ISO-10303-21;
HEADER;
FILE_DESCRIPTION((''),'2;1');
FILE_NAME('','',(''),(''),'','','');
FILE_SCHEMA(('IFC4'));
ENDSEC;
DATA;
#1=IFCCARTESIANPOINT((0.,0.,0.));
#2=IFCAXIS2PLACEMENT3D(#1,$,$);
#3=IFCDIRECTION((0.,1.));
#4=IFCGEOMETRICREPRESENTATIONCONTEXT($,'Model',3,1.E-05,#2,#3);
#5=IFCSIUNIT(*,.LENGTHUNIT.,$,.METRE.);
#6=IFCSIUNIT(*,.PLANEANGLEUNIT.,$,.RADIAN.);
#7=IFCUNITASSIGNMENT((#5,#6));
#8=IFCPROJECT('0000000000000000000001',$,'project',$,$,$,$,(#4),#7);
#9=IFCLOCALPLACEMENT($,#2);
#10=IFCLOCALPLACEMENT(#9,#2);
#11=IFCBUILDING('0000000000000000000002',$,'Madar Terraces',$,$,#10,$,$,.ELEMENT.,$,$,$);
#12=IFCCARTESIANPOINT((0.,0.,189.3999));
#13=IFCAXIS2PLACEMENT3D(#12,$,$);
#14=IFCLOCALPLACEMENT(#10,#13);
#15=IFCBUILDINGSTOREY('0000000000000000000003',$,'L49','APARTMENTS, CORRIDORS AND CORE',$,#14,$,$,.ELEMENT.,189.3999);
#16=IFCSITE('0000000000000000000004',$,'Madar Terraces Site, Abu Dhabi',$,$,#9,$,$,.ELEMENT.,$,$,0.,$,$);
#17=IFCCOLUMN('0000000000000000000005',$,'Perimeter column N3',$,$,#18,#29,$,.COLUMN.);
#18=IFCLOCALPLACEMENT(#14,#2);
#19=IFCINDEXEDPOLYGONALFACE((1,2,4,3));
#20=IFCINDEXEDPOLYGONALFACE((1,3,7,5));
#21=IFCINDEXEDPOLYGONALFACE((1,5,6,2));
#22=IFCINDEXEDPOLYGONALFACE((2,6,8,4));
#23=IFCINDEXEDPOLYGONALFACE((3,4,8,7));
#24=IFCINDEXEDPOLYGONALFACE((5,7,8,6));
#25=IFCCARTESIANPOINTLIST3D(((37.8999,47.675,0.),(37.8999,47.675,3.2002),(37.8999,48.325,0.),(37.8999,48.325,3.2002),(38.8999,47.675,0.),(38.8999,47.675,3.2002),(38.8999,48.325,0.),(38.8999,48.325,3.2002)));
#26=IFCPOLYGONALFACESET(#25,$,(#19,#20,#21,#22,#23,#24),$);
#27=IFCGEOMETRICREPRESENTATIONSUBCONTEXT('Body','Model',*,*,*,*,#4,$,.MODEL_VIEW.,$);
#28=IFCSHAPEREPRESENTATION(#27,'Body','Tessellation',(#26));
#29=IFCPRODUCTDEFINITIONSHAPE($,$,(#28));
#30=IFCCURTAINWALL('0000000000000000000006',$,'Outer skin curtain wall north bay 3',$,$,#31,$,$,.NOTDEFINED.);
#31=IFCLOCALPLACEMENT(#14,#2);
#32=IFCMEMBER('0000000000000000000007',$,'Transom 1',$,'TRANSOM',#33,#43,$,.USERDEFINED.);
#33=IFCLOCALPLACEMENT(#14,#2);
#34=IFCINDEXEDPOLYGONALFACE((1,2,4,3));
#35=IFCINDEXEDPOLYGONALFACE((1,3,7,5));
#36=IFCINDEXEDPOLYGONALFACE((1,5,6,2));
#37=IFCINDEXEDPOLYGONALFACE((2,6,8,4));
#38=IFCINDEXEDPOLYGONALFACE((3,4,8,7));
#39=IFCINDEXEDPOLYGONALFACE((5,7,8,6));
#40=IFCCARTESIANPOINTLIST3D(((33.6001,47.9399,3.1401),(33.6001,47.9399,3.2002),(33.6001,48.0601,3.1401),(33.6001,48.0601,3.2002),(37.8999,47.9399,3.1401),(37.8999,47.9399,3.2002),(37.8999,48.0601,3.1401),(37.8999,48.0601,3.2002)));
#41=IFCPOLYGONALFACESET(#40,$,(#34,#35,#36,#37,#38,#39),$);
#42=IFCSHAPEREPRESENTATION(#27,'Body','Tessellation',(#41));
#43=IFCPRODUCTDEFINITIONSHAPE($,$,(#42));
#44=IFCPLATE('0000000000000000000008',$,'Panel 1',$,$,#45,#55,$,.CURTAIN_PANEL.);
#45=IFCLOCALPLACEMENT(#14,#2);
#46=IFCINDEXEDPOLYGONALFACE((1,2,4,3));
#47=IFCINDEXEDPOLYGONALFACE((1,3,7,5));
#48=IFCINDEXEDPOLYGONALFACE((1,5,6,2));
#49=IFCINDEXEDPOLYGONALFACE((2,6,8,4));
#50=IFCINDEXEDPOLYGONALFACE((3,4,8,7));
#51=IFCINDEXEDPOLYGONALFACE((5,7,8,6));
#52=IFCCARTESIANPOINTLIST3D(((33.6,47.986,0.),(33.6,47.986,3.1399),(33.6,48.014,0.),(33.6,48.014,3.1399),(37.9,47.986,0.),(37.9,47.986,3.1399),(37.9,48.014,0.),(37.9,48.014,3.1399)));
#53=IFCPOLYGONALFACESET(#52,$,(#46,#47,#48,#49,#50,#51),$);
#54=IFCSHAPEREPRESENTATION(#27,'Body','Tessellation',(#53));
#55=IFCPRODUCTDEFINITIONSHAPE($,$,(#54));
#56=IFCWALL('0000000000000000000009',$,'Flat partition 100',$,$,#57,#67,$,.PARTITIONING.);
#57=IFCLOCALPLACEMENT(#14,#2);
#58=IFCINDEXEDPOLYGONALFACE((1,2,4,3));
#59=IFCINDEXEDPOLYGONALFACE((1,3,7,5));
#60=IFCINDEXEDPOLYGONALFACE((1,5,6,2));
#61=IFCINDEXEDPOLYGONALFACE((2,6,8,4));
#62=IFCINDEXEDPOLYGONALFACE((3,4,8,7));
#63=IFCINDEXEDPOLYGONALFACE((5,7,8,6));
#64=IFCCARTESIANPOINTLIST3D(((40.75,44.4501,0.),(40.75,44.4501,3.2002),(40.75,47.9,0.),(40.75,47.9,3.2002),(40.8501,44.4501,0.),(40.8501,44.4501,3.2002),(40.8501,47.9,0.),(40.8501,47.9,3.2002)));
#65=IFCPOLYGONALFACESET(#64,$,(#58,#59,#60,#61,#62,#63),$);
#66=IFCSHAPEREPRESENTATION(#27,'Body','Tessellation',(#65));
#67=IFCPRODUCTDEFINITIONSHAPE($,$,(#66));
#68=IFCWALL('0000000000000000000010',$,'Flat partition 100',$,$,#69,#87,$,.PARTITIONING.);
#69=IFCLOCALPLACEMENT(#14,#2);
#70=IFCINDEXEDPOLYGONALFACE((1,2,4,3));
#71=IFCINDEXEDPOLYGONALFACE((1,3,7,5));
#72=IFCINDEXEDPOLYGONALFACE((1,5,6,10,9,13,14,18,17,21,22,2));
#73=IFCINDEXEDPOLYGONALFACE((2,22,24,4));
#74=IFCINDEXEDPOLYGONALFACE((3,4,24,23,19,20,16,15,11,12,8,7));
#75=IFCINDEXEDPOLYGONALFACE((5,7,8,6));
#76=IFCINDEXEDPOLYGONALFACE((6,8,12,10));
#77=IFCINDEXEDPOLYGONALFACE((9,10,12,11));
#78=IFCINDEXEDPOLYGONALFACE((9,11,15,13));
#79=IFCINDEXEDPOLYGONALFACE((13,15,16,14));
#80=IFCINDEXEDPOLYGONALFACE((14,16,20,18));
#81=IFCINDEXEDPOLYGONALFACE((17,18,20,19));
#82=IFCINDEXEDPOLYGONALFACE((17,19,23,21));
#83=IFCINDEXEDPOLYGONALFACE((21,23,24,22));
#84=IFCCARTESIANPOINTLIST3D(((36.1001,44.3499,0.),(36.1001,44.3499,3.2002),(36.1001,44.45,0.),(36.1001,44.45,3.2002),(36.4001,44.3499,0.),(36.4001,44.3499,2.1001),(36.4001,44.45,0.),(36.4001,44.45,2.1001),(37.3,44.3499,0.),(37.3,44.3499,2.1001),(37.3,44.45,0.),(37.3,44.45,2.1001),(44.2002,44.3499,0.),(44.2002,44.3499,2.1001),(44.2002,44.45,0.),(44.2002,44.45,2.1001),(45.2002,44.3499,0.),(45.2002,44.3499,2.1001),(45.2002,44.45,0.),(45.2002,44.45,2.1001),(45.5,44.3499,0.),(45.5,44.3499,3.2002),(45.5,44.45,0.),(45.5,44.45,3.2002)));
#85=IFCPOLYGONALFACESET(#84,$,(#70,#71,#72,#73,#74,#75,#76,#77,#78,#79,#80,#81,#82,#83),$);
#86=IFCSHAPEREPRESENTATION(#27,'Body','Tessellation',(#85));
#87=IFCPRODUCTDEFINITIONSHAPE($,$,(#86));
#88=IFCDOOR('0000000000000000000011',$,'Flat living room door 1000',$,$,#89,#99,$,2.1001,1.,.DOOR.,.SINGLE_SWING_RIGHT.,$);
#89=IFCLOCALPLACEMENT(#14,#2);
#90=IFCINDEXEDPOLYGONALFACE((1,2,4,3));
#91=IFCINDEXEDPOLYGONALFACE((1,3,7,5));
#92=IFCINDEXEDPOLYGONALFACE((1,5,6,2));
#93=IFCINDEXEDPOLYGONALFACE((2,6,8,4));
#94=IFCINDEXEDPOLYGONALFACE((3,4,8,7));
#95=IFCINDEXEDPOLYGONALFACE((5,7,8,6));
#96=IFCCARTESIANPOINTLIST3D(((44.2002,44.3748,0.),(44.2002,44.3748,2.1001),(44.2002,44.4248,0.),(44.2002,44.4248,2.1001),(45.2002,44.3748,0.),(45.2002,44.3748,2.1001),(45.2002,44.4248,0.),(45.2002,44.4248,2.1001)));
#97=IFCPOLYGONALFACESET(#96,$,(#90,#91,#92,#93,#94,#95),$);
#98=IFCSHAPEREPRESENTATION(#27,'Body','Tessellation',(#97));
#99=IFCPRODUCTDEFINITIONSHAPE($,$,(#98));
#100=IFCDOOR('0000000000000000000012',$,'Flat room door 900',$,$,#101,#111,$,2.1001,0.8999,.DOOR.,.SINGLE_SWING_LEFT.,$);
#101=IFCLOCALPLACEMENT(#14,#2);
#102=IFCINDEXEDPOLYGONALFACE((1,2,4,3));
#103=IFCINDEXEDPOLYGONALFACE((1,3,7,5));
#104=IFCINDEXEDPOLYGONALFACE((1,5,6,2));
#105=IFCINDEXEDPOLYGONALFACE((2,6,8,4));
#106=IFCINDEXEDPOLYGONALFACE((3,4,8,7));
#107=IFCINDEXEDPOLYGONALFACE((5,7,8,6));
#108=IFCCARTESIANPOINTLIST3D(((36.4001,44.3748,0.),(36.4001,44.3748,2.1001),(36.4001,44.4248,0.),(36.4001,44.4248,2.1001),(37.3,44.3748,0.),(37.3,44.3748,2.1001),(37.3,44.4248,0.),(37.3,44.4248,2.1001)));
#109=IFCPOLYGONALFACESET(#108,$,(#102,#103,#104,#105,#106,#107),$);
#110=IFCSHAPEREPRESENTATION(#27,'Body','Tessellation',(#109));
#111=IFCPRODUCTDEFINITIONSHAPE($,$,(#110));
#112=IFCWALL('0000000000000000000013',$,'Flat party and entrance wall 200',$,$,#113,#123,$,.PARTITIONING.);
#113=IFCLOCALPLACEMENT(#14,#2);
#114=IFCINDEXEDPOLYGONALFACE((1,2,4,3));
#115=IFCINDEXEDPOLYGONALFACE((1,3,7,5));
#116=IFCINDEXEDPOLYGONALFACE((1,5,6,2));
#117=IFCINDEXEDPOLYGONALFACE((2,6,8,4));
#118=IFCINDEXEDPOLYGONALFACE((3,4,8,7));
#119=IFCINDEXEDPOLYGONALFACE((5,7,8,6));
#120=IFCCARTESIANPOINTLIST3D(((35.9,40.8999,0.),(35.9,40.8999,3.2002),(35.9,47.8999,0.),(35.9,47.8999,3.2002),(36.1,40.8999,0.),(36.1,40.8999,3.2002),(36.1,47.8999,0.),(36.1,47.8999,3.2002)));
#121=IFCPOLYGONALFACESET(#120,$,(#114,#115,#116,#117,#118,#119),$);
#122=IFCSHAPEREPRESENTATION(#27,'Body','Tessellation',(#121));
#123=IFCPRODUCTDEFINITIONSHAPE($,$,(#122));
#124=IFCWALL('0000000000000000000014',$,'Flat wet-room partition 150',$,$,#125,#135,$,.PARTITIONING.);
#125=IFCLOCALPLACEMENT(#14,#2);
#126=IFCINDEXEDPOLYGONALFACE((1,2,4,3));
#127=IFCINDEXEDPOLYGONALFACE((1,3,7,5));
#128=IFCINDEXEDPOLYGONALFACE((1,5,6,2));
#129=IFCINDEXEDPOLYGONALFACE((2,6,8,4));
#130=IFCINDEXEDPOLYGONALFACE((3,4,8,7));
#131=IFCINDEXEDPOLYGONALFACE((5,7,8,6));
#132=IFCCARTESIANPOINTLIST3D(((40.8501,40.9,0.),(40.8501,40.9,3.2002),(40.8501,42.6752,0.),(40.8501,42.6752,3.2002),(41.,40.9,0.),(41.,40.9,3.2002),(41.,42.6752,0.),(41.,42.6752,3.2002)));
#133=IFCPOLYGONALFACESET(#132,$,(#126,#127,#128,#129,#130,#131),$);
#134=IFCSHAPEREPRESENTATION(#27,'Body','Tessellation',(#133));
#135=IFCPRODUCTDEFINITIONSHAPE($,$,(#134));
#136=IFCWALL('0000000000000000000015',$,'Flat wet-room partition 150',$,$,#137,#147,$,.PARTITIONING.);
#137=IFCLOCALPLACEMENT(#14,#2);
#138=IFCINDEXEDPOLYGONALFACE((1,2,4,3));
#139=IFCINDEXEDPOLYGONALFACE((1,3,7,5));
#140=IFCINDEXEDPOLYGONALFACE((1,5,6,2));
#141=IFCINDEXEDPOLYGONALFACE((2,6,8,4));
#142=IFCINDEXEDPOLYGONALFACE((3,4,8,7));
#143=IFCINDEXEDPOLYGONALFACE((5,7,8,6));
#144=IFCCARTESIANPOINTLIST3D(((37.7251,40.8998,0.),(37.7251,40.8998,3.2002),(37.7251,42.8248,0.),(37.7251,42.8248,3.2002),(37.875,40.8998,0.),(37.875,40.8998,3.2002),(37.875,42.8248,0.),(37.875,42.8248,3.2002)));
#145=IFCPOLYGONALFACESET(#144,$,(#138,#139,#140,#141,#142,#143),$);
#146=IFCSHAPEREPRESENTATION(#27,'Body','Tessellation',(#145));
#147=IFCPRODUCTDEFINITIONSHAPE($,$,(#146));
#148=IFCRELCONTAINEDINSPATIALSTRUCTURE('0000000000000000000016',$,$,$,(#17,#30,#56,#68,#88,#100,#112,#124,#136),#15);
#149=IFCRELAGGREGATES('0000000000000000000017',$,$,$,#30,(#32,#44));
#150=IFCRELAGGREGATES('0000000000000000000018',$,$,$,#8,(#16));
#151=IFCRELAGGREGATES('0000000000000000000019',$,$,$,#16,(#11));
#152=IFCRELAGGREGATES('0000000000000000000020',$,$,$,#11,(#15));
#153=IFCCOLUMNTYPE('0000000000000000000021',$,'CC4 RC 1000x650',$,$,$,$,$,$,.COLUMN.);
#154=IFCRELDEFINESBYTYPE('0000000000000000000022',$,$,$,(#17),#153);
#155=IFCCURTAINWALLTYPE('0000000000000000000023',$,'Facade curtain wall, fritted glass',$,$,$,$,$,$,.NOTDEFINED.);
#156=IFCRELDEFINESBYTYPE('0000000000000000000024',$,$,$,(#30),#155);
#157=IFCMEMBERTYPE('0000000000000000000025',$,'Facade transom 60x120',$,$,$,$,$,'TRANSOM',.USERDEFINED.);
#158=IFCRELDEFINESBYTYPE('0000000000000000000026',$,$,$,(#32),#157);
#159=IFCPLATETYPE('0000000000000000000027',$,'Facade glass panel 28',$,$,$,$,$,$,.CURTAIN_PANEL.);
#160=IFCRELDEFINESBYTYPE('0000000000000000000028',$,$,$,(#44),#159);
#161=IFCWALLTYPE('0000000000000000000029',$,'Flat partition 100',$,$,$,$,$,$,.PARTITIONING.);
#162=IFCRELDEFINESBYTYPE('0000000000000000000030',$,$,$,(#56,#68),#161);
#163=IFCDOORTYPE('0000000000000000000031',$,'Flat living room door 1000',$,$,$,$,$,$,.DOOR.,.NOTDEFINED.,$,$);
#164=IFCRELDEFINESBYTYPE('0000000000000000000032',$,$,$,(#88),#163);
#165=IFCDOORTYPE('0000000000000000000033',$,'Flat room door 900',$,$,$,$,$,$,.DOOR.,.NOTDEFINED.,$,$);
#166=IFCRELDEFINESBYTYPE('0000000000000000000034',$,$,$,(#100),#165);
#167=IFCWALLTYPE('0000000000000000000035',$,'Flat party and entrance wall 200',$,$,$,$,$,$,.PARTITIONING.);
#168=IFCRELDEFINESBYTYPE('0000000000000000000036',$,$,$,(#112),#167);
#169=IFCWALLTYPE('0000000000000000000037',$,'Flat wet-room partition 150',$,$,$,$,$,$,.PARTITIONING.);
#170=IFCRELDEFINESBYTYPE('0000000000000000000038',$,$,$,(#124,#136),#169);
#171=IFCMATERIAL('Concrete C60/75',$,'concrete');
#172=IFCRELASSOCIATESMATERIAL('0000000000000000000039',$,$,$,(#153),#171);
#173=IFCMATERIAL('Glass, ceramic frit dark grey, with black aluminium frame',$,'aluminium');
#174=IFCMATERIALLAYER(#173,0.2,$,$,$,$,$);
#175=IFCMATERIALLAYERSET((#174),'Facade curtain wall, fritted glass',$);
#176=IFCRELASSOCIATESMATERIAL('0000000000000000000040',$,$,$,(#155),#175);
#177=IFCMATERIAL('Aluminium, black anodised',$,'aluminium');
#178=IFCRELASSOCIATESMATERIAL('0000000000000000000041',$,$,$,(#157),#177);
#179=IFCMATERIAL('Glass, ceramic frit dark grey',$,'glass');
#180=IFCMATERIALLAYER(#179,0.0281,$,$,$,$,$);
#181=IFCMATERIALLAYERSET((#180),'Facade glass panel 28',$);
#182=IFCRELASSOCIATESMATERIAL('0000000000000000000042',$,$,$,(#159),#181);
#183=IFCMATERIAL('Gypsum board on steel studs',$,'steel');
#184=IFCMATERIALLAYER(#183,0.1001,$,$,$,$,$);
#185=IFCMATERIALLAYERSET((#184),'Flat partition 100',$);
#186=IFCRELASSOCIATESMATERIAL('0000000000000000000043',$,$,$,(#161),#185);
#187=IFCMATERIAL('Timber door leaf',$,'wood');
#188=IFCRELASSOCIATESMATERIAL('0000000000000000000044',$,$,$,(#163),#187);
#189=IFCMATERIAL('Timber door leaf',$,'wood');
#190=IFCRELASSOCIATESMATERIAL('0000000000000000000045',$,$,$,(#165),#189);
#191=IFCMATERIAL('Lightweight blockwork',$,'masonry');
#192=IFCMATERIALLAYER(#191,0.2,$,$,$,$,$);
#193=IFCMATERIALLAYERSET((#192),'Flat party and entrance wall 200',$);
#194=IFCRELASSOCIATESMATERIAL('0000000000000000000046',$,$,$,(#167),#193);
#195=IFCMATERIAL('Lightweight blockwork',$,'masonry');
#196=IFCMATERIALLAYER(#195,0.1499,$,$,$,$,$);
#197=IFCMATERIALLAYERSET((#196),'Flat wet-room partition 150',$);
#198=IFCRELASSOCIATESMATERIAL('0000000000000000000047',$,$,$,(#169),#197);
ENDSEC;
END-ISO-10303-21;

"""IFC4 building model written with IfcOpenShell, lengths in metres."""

from ifc_helpers import new_model, si_unit, direction, frame, frame_2d, origin, origin_2d, place, context, subcontext, project, spatial, rectangle, extrude, material, layer, layer_set, material_profile, profile_set, type_object, element, fill, aggregate, save


model = new_model("IFC4")

# Units and contexts
model_context = context("Model", 3, precision=1e-05, world=origin(), true_north=direction((0.0, 1.0)))
body_context = subcontext(model_context, "Body", "Model", "MODEL_VIEW")
ifc_project = project(units=[si_unit("LENGTHUNIT", "METRE"), si_unit("PLANEANGLEUNIT", "RADIAN")], contexts=[model_context])

# Site, building, storey
site_placement = place(None, origin())
site = spatial("IfcSite", under=ifc_project, at=site_placement, Name="Madar Terraces Site, Abu Dhabi", CompositionType="ELEMENT", RefElevation=0.0)
building_placement = place(site_placement, origin())
building = spatial("IfcBuilding", under=site, at=building_placement, Name="Madar Terraces", CompositionType="ELEMENT")
storey_placement = place(building_placement, frame((0.0, 0.0, 189.3999)))
storey = spatial("IfcBuildingStorey", under=building, at=storey_placement, Name="L49", Description="APARTMENTS, CORRIDORS AND CORE", CompositionType="ELEMENT", Elevation=189.3999)

# Column
ifc_material_1 = material(Name="Concrete C60/75", Category="concrete")
ifc_material_profile_1 = material_profile(ifc_material_1, rectangle(XDim=1.0, YDim=0.6499, at=origin_2d()), Name="CC4 RC 1000x650")
ifc_profile_set_1 = profile_set([ifc_material_profile_1], Name="Concrete C60/75")
column_type = type_object("IfcColumnType", Name="CC4 RC 1000x650", PredefinedType="COLUMN", material=ifc_profile_set_1)
column_placement = place(storey_placement, frame((38.3999, 48.0, 0.0), z_axis=(0.0, 0.0, 1.0), x_axis=(1.0, 0.0, 0.0)))
element("IfcColumn", 1, at=column_placement, inside=storey, type_object=column_type, Name="Perimeter column N3", PredefinedType="COLUMN", context=body_context, shape_type="SweptSolid", body=[
    extrude(rectangle(XDim=1.0, YDim=0.6499, at=origin_2d()), origin(), (0.0, 0.0, 1.0), 3.2002),
])

# Curtain wall, member, plate
ifc_material_2 = material(Name="Glass, ceramic frit dark grey, with black aluminium frame", Category="aluminium")
ifc_layer_1 = layer(ifc_material_2, 0.2)
ifc_layer_set_1 = layer_set([ifc_layer_1], Name="Facade curtain wall, fritted glass")
curtain_wall_type = type_object("IfcCurtainWallType", Name="Facade curtain wall, fritted glass", PredefinedType="NOTDEFINED", material=ifc_layer_set_1)
curtain_wall_placement = place(storey_placement, origin())
curtain_wall = element("IfcCurtainWall", 2, at=curtain_wall_placement, inside=storey, type_object=curtain_wall_type, Name="Outer skin curtain wall north bay 3", PredefinedType="NOTDEFINED")
ifc_material_3 = material(Name="Aluminium, black anodised", Category="aluminium")
ifc_material_profile_2 = material_profile(ifc_material_3, rectangle(XDim=0.1201, YDim=0.0601, at=origin_2d()), Name="Facade transom 60x120")
ifc_profile_set_2 = profile_set([ifc_material_profile_2], Name="Aluminium, black anodised")
member_type = type_object("IfcMemberType", Name="Facade transom 60x120", ElementType="TRANSOM", PredefinedType="USERDEFINED", material=ifc_profile_set_2)
member_placement = place(storey_placement, frame((37.8999, 48.0, 3.1702), z_axis=(-1.0, 0.0, 0.0), x_axis=(0.0, -1.0, 0.0)))
member = element("IfcMember", 3, at=member_placement, type_object=member_type, Name="Transom 1", ObjectType="TRANSOM", PredefinedType="USERDEFINED", context=body_context, shape_type="SweptSolid", body=[
    extrude(rectangle(XDim=0.1201, YDim=0.0601, at=origin_2d()), origin(), (0.0, 0.0, 1.0), 4.2998),
])
ifc_material_4 = material(Name="Glass, ceramic frit dark grey", Category="glass")
ifc_layer_2 = layer(ifc_material_4, 0.0281)
ifc_layer_set_2 = layer_set([ifc_layer_2], Name="Facade glass panel 28")
plate_type = type_object("IfcPlateType", Name="Facade glass panel 28", PredefinedType="CURTAIN_PANEL", material=ifc_layer_set_2)
plate_placement = place(storey_placement, frame((35.75, 48.0, 0.0), z_axis=(0.0, 0.0, 1.0), x_axis=(-1.0, 0.0, 0.0)))
plate = element("IfcPlate", 4, at=plate_placement, type_object=plate_type, Name="Panel 1", PredefinedType="CURTAIN_PANEL", context=body_context, shape_type="SweptSolid", body=[
    extrude(rectangle(XDim=4.3, YDim=0.0281, at=origin_2d()), origin(), (0.0, 0.0, 1.0), 3.1399),
])
aggregate(curtain_wall, [member, plate])

# Wall
ifc_material_5 = material(Name="Gypsum board on steel studs", Category="steel")
ifc_layer_3 = layer(ifc_material_5, 0.1001)
ifc_layer_set_3 = layer_set([ifc_layer_3], Name="Flat partition 100")
wall_type_1 = type_object("IfcWallType", Name="Flat partition 100", PredefinedType="PARTITIONING", material=ifc_layer_set_3)
wall_1_placement = place(storey_placement, frame((40.8, 44.45, 0.0), z_axis=(0.0, 0.0, 1.0), x_axis=(0.0, 1.0, 0.0)))
element("IfcWall", 5, at=wall_1_placement, inside=storey, type_object=wall_type_1, Name="Flat partition 100", PredefinedType="PARTITIONING", context=body_context, shape_type="SweptSolid", body=[
    extrude(rectangle(XDim=3.45, YDim=0.1001, at=frame_2d((1.7251, 0.0))), origin(), (0.0, 0.0, 1.0), 3.2002),
])

# Wall, openings, doors
wall_2_placement = place(storey_placement, frame((36.1001, 44.3999, 0.0), z_axis=(0.0, 0.0, 1.0), x_axis=(1.0, 0.0, 0.0)))
wall_2 = element("IfcWall", 6, at=wall_2_placement, inside=storey, type_object=wall_type_1, Name="Flat partition 100", PredefinedType="PARTITIONING", context=body_context, shape_type="SweptSolid", body=[
    extrude(rectangle(XDim=9.3999, YDim=0.1001, at=frame_2d((4.7, 0.0))), origin(), (0.0, 0.0, 1.0), 3.2002),
])
opening_1_placement = place(wall_2_placement, frame((0.3, 0.0, 0.0)))
opening_1 = element("IfcOpeningElement", 7, at=opening_1_placement, cuts=wall_2, PredefinedType="OPENING", context=body_context, shape_type="SweptSolid", body=[
    extrude(rectangle(XDim=0.8999, YDim=2.1001, at=frame_2d((0.45, 1.05))), frame((0.0, 0.0601, 0.0), z_axis=(0.0, -1.0, 0.0), x_axis=(1.0, 0.0, 0.0)), (0.0, 0.0, 1.0), 0.1201),
])
opening_2_placement = place(wall_2_placement, frame((8.1001, 0.0, 0.0)))
opening_2 = element("IfcOpeningElement", 8, at=opening_2_placement, cuts=wall_2, PredefinedType="OPENING", context=body_context, shape_type="SweptSolid", body=[
    extrude(rectangle(XDim=1.0, YDim=2.1001, at=frame_2d((0.5, 1.05))), frame((0.0, 0.0601, 0.0), z_axis=(0.0, -1.0, 0.0), x_axis=(1.0, 0.0, 0.0)), (0.0, 0.0, 1.0), 0.1201),
])
ifc_material_6 = material(Name="Timber door leaf", Category="wood")
door_type_1 = type_object("IfcDoorType", Name="Flat living room door 1000", OperationType="NOTDEFINED", PredefinedType="DOOR", material=ifc_material_6)
door_1_placement = place(opening_2_placement, origin())
door_1 = element("IfcDoor", 9, at=door_1_placement, inside=storey, type_object=door_type_1, Name="Flat living room door 1000", OperationType="SINGLE_SWING_RIGHT", OverallHeight=2.1001, OverallWidth=1.0, PredefinedType="DOOR", context=body_context, shape_type="SweptSolid", body=[
    extrude(rectangle(XDim=1.0, YDim=2.1001, at=frame_2d((0.5, 1.05))), frame((0.0, 0.0249, 0.0), z_axis=(0.0, -1.0, 0.0), x_axis=(1.0, 0.0, 0.0)), (0.0, 0.0, 1.0), 0.05),
])
fill(opening_2, door_1)
ifc_material_7 = material(Name="Timber door leaf", Category="wood")
door_type_2 = type_object("IfcDoorType", Name="Flat room door 900", OperationType="NOTDEFINED", PredefinedType="DOOR", material=ifc_material_7)
door_2_placement = place(opening_1_placement, origin())
door_2 = element("IfcDoor", 10, at=door_2_placement, inside=storey, type_object=door_type_2, Name="Flat room door 900", OperationType="SINGLE_SWING_LEFT", OverallHeight=2.1001, OverallWidth=0.8999, PredefinedType="DOOR", context=body_context, shape_type="SweptSolid", body=[
    extrude(rectangle(XDim=0.8999, YDim=2.1001, at=frame_2d((0.45, 1.05))), frame((0.0, 0.0249, 0.0), z_axis=(0.0, -1.0, 0.0), x_axis=(1.0, 0.0, 0.0)), (0.0, 0.0, 1.0), 0.05),
])
fill(opening_1, door_2)

# Walls
ifc_material_8 = material(Name="Lightweight blockwork", Category="masonry")
ifc_layer_4 = layer(ifc_material_8, 0.2)
ifc_layer_set_4 = layer_set([ifc_layer_4], Name="Flat party and entrance wall 200")
wall_type_2 = type_object("IfcWallType", Name="Flat party and entrance wall 200", PredefinedType="PARTITIONING", material=ifc_layer_set_4)
wall_3_placement = place(storey_placement, frame((36.0, 47.8999, 0.0), z_axis=(0.0, 0.0, 1.0), x_axis=(0.0, -1.0, 0.0)))
element("IfcWall", 11, at=wall_3_placement, inside=storey, type_object=wall_type_2, Name="Flat party and entrance wall 200", PredefinedType="PARTITIONING", context=body_context, shape_type="SweptSolid", body=[
    extrude(rectangle(XDim=7.0, YDim=0.2, at=frame_2d((3.5, 0.0))), origin(), (0.0, 0.0, 1.0), 3.2002),
])
ifc_material_9 = material(Name="Lightweight blockwork", Category="masonry")
ifc_layer_5 = layer(ifc_material_9, 0.1499)
ifc_layer_set_5 = layer_set([ifc_layer_5], Name="Flat wet-room partition 150")
wall_type_3 = type_object("IfcWallType", Name="Flat wet-room partition 150", PredefinedType="PARTITIONING", material=ifc_layer_set_5)
wall_4_placement = place(storey_placement, frame((40.925, 40.8999, 0.0), z_axis=(0.0, 0.0, 1.0), x_axis=(0.0, 1.0, 0.0)))
element("IfcWall", 12, at=wall_4_placement, inside=storey, type_object=wall_type_3, Name="Flat wet-room partition 150", PredefinedType="PARTITIONING", context=body_context, shape_type="SweptSolid", body=[
    extrude(rectangle(XDim=1.7751, YDim=0.1499, at=frame_2d((0.8877, 0.0))), origin(), (0.0, 0.0, 1.0), 3.2002),
])
wall_5_placement = place(storey_placement, frame((37.8, 40.8999, 0.0), z_axis=(0.0, 0.0, 1.0), x_axis=(0.0, 1.0, 0.0)))
element("IfcWall", 13, at=wall_5_placement, inside=storey, type_object=wall_type_3, Name="Flat wet-room partition 150", PredefinedType="PARTITIONING", context=body_context, shape_type="SweptSolid", body=[
    extrude(rectangle(XDim=1.925, YDim=0.1499, at=frame_2d((0.9624, 0.0))), origin(), (0.0, 0.0, 1.0), 3.2002),
])

save(model, "model.ifc")
